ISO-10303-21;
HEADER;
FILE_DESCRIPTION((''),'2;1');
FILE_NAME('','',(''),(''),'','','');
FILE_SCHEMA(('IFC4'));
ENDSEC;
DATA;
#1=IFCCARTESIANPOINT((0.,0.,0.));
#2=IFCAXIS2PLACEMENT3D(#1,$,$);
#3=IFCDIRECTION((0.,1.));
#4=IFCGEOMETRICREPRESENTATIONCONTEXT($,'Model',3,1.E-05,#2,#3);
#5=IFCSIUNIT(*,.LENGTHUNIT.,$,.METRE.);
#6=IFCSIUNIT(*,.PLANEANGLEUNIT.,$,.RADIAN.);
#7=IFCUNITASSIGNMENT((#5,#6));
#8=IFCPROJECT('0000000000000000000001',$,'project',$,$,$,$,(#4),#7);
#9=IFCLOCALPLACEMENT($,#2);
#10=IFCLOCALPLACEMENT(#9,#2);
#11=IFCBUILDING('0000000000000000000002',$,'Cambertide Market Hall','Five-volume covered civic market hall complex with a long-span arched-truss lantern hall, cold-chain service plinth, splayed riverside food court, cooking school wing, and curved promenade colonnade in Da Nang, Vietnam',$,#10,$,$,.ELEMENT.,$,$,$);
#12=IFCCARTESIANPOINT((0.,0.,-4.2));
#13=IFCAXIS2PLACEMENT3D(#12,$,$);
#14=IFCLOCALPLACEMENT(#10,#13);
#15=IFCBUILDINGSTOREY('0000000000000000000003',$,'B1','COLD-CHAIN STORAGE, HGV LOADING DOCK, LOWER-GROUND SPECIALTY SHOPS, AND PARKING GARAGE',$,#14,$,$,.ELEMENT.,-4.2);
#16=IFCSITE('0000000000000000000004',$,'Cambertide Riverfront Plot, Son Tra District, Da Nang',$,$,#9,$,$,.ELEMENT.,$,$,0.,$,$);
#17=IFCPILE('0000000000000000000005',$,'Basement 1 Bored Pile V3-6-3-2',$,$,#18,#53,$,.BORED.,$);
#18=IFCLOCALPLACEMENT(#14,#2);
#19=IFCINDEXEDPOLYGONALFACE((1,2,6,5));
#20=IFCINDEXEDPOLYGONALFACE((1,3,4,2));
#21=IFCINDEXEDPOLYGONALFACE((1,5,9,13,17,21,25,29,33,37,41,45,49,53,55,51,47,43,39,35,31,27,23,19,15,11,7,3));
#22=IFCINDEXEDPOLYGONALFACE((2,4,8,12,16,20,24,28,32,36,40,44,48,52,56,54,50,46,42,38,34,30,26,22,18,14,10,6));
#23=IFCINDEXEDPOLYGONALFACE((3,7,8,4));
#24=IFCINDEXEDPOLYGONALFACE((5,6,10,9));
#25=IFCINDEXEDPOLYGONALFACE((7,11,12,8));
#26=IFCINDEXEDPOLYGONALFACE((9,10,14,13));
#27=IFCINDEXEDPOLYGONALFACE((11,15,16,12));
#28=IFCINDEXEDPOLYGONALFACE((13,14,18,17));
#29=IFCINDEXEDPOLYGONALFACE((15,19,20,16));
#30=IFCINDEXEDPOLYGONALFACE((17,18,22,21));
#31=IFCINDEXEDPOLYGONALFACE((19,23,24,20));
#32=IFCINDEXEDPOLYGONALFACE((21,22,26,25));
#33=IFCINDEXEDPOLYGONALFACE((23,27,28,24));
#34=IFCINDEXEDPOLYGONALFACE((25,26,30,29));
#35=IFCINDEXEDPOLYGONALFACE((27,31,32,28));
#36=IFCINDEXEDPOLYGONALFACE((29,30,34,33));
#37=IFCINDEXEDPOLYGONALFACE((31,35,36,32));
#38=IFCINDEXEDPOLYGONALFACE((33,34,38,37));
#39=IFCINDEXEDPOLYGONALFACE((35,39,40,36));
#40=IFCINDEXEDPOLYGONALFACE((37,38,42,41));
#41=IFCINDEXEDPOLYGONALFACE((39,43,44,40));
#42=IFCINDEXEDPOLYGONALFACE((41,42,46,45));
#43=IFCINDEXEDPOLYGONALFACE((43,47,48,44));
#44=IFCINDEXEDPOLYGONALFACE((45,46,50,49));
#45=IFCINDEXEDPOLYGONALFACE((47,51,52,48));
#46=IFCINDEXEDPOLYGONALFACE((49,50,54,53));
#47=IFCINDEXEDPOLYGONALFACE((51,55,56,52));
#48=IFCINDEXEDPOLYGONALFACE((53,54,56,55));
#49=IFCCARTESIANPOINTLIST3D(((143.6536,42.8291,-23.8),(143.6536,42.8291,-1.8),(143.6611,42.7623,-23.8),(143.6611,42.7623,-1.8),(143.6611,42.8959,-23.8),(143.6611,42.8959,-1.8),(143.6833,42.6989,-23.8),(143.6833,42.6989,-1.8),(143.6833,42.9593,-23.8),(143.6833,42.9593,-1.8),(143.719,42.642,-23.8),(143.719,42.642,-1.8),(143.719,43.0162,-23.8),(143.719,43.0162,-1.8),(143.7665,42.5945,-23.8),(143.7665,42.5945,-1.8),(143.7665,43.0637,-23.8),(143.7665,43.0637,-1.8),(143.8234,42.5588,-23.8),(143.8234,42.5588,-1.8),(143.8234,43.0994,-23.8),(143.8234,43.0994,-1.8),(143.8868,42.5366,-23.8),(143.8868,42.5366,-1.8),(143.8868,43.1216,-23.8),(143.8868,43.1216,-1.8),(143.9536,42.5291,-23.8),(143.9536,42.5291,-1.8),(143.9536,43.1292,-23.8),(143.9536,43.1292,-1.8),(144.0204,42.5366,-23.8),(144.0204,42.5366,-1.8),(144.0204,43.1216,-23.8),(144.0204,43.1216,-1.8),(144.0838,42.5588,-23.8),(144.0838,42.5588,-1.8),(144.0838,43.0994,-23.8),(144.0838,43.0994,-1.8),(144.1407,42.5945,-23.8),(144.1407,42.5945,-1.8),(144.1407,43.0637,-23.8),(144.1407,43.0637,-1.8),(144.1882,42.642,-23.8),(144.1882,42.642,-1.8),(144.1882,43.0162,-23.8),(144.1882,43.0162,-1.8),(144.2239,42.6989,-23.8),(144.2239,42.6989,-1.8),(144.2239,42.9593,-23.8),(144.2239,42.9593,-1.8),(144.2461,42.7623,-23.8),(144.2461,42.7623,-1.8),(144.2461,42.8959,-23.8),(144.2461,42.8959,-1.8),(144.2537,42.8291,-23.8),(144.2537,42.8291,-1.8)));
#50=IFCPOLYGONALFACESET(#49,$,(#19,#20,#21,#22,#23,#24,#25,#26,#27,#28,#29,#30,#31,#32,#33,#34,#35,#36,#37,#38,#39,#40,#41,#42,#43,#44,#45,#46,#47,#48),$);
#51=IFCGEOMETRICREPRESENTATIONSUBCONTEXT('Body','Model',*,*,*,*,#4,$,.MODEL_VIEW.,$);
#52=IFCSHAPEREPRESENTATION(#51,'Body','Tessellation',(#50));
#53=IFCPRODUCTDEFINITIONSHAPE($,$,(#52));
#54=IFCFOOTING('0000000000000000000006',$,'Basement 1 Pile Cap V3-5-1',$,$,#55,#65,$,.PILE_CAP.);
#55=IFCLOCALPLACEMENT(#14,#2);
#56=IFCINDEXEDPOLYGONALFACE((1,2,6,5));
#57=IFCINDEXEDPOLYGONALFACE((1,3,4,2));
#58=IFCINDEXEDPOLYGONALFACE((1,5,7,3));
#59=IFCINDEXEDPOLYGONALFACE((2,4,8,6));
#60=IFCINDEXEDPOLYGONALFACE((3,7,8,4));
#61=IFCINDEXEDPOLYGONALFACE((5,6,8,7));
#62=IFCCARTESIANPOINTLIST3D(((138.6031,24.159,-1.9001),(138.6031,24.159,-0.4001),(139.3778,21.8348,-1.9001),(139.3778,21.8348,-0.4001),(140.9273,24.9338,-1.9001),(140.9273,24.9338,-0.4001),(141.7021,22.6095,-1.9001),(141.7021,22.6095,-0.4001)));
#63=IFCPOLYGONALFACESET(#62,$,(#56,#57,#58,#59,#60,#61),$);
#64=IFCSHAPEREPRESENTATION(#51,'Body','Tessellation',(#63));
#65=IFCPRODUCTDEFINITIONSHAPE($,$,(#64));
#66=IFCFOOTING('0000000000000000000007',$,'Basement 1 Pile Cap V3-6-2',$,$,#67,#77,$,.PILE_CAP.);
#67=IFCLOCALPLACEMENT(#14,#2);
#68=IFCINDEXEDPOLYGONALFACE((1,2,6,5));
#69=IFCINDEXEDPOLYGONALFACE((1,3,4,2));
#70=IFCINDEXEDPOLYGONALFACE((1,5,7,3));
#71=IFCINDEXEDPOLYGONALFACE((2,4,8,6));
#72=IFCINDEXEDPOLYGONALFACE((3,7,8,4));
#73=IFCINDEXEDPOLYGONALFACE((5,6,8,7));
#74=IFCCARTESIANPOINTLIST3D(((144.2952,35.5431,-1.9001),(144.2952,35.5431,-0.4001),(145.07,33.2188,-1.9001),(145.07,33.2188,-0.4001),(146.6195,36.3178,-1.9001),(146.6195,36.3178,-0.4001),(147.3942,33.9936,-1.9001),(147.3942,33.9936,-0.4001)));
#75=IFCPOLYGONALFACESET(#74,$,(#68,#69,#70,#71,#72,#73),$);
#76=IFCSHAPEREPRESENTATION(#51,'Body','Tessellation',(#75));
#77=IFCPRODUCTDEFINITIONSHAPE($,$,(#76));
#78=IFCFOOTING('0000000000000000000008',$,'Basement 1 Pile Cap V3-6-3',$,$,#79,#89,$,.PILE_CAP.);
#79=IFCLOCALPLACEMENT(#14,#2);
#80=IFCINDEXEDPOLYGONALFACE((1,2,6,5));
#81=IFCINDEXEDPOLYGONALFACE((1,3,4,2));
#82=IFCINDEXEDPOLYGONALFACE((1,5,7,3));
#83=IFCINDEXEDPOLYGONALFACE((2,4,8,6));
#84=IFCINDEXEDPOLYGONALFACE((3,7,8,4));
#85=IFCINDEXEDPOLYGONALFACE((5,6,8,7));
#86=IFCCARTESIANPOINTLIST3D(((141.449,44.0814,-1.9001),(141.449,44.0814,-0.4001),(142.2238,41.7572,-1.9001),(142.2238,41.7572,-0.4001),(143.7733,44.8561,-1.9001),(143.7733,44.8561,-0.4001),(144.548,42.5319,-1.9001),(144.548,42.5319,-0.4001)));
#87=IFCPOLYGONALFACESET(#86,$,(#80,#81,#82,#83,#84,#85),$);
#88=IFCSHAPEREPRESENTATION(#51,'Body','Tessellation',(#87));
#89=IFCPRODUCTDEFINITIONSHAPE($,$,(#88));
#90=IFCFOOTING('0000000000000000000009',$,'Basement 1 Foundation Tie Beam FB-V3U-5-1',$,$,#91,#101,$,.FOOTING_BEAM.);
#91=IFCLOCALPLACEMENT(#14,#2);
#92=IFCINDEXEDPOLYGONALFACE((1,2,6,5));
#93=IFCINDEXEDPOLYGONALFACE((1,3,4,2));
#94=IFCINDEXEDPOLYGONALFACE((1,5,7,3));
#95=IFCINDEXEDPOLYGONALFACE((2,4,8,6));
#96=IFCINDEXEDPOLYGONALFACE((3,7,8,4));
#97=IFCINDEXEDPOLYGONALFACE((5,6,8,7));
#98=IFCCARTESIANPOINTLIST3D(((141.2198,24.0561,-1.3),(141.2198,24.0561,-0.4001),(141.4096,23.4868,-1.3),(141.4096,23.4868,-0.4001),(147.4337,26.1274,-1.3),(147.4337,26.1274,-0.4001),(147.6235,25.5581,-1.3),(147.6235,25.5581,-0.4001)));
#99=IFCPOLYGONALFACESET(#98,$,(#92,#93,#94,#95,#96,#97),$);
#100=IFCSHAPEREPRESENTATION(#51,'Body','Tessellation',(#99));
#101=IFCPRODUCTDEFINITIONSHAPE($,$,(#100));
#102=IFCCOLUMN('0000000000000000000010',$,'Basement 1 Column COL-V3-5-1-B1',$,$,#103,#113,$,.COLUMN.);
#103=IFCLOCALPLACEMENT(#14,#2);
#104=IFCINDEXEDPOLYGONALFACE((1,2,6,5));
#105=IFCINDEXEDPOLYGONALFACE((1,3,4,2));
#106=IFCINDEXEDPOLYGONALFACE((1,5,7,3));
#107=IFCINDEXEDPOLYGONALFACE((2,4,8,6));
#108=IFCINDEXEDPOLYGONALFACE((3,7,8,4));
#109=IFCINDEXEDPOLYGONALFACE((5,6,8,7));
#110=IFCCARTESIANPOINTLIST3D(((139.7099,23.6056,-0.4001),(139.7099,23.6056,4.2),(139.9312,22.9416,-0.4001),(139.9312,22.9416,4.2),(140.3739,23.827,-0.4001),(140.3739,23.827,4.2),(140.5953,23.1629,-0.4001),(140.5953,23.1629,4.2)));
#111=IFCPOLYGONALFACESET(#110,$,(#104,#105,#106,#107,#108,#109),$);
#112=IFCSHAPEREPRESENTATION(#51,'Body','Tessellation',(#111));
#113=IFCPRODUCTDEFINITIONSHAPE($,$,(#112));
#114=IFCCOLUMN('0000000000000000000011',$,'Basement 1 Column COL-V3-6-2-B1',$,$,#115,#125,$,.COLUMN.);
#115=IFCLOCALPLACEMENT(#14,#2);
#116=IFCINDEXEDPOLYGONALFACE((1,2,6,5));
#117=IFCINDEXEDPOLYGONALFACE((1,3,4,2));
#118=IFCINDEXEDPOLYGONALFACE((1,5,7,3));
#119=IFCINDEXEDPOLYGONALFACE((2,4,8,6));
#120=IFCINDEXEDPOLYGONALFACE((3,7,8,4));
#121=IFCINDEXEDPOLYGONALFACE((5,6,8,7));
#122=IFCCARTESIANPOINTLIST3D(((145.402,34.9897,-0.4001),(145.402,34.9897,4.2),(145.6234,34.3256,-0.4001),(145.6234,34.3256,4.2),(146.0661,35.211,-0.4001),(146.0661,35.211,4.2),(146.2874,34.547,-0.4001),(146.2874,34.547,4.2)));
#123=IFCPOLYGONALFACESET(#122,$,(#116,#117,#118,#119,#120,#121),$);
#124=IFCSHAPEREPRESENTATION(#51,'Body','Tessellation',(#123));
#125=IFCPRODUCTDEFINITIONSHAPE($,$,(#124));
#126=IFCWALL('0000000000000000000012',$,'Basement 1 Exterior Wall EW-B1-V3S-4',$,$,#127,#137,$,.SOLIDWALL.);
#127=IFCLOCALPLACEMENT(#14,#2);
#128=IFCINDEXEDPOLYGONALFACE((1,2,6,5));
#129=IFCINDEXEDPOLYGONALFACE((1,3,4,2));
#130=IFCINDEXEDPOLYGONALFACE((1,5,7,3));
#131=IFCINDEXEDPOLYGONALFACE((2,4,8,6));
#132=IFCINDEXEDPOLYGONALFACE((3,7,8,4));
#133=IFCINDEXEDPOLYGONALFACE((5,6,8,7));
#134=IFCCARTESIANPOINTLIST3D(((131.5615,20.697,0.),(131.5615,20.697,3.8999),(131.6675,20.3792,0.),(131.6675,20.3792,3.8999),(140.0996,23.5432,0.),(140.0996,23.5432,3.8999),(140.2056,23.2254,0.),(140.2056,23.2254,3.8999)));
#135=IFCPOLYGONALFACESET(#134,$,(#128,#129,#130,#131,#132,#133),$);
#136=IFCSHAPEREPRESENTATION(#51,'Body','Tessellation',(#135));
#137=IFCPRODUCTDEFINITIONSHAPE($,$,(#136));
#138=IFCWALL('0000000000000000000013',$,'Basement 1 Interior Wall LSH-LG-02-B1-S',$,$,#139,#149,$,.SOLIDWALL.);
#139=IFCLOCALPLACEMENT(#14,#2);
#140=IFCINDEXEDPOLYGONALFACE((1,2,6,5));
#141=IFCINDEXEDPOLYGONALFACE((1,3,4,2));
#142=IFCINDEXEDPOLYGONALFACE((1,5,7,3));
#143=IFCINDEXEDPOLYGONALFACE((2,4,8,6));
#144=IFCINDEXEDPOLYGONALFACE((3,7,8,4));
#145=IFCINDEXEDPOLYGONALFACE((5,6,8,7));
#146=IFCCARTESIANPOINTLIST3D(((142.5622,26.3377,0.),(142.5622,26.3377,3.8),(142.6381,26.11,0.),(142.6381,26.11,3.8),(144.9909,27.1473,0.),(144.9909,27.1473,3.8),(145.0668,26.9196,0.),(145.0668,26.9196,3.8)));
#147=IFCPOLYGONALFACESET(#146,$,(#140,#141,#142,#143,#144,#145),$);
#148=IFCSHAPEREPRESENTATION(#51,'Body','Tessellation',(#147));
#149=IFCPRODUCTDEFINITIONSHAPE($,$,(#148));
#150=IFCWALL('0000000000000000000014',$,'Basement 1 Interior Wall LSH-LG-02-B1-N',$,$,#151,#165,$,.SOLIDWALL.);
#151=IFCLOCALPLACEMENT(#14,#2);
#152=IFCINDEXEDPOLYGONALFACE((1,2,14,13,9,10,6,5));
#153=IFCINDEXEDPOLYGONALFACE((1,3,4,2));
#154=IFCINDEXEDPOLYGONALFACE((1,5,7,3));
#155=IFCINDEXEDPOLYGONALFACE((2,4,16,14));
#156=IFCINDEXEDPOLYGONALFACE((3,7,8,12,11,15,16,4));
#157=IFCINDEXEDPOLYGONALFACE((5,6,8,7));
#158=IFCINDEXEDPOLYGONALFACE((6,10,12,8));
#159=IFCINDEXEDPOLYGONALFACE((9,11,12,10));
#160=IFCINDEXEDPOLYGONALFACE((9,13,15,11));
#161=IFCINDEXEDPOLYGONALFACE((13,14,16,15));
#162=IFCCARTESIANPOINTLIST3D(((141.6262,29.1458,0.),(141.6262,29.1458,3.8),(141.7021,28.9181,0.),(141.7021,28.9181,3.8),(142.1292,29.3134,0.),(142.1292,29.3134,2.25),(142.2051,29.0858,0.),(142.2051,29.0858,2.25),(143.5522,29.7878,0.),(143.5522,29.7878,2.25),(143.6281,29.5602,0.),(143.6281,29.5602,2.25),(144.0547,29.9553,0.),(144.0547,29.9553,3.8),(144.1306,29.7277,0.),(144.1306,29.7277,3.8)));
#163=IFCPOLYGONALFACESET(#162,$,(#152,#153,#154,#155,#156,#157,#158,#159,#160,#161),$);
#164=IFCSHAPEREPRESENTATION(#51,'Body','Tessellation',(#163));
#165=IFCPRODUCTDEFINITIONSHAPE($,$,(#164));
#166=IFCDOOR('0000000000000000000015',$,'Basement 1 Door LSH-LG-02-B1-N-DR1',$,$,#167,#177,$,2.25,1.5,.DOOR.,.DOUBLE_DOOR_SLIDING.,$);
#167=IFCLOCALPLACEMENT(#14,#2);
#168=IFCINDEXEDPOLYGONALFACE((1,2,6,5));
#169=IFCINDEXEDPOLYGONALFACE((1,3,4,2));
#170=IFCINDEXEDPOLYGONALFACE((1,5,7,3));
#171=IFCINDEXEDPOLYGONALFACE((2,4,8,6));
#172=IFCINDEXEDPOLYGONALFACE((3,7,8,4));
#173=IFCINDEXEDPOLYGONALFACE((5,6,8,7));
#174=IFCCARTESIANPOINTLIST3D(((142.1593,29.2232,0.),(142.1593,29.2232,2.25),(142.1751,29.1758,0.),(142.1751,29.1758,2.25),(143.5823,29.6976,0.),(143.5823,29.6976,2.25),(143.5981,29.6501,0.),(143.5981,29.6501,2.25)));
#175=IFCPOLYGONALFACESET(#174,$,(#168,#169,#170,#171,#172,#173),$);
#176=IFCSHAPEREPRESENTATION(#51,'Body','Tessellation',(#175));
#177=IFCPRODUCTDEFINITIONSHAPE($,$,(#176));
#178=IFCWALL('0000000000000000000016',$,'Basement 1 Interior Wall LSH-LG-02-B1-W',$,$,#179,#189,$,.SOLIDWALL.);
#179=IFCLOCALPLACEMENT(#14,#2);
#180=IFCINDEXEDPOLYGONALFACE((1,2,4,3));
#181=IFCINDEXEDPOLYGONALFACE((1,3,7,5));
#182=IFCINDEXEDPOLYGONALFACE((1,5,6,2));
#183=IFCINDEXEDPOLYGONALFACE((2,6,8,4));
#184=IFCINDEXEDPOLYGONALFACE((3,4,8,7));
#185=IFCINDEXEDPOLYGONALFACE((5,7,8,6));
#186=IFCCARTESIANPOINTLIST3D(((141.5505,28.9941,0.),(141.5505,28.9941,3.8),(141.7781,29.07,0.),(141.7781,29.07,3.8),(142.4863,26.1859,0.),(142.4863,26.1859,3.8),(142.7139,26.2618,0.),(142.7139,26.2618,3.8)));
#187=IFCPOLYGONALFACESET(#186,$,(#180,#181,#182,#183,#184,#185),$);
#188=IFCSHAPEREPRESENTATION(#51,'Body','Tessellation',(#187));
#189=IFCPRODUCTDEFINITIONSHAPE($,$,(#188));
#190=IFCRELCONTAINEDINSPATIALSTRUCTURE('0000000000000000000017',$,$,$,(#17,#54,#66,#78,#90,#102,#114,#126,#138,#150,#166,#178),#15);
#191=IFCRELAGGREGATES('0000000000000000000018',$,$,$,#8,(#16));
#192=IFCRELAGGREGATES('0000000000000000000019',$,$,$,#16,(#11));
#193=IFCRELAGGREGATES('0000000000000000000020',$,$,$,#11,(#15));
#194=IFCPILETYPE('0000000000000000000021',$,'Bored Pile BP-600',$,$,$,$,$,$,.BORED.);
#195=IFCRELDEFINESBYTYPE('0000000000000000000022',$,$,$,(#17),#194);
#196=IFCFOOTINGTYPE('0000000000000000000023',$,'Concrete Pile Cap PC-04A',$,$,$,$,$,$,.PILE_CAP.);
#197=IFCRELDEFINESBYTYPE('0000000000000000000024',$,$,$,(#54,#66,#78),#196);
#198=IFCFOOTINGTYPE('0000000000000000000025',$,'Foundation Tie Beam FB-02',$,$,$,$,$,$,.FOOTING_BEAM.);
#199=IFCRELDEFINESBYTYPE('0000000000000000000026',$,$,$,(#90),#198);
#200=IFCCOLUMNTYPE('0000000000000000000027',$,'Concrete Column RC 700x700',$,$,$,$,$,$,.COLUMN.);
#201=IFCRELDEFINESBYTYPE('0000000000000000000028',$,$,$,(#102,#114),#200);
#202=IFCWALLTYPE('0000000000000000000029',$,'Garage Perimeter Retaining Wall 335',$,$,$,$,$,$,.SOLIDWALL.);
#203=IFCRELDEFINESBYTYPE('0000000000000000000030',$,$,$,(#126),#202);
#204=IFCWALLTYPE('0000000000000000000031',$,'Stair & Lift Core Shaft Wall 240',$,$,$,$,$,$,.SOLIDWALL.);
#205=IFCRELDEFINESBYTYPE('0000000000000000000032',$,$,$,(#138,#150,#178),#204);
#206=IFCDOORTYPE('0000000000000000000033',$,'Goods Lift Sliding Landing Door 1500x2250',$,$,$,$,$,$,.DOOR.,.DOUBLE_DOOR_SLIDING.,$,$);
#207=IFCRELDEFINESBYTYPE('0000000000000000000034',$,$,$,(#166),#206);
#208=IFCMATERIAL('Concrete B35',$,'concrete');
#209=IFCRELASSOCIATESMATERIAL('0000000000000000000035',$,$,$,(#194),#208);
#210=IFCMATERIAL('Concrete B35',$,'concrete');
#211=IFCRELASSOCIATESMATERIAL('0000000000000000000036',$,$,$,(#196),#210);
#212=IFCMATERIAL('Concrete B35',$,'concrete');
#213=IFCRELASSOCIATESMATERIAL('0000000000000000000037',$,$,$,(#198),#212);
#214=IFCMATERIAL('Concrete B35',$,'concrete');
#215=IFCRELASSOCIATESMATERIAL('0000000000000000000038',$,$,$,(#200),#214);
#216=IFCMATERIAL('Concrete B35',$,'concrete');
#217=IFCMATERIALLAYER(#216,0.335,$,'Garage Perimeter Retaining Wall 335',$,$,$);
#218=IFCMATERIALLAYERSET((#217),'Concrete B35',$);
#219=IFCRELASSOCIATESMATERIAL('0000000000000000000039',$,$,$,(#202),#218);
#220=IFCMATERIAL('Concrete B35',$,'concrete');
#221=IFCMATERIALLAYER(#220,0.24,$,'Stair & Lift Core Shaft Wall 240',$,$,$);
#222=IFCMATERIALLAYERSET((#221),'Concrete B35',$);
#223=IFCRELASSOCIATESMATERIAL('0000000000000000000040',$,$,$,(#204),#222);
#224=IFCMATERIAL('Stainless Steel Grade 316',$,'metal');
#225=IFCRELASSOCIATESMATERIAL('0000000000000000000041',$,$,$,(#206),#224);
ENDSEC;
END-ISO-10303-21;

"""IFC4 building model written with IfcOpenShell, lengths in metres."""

from ifc_helpers import new_model, si_unit, direction, frame, frame_2d, origin, origin_2d, place, context, subcontext, project, spatial, rectangle, circle, extrude, material, layer, layer_set, material_profile, profile_set, type_object, element, fill, save


model = new_model("IFC4")

# Units and contexts
model_context = context("Model", 3, precision=1e-05, world=origin(), true_north=direction((0.0, 1.0)))
body_context = subcontext(model_context, "Body", "Model", "MODEL_VIEW")
ifc_project = project(units=[si_unit("LENGTHUNIT", "METRE"), si_unit("PLANEANGLEUNIT", "RADIAN")], contexts=[model_context])

# Site, building, storey
site_placement = place(None, origin())
site = spatial("IfcSite", under=ifc_project, at=site_placement, Name="Cambertide Riverfront Plot, Son Tra District, Da Nang", CompositionType="ELEMENT", RefElevation=0.0)
building_placement = place(site_placement, origin())
building = spatial("IfcBuilding", under=site, at=building_placement, Name="Cambertide Market Hall", Description="Five-volume covered civic market hall complex with a long-span arched-truss lantern hall, cold-chain service plinth, splayed riverside food court, cooking school wing, and curved promenade colonnade in Da Nang, Vietnam", CompositionType="ELEMENT")
storey_placement = place(building_placement, frame((0.0, 0.0, -4.2)))
storey = spatial("IfcBuildingStorey", under=building, at=storey_placement, Name="B1", Description="COLD-CHAIN STORAGE, HGV LOADING DOCK, LOWER-GROUND SPECIALTY SHOPS, AND PARKING GARAGE", CompositionType="ELEMENT", Elevation=-4.2)

# Pile
ifc_material_1 = material(Name="Concrete B35", Category="concrete")
ifc_material_profile_1 = material_profile(ifc_material_1, circle(Radius=0.3, at=origin_2d()), Name="BP D600")
ifc_profile_set_1 = profile_set([ifc_material_profile_1], Name="Concrete B35")
pile_type = type_object("IfcPileType", Name="Bored Pile BP-600", PredefinedType="BORED", material=ifc_profile_set_1)
for number, where, z_axis, x_axis, name in (
    (1, (143.9536, 42.8291, -1.8), (0.0, 0.0, -1.0), (1.0, 0.0, 0.0), "Basement 1 Bored Pile V3-6-3-2"),
):
    element("IfcPile", number, at=place(storey_placement, frame(where, z_axis=z_axis, x_axis=x_axis)), inside=storey, type_object=pile_type, Name=name, PredefinedType="BORED", context=body_context, shape_type="SweptSolid", body=[
        extrude(circle(Radius=0.3, at=origin_2d()), origin(), (0.0, 0.0, 1.0), 22.0),
    ])

# Footings
ifc_material_2 = material(Name="Concrete B35", Category="concrete")
footing_type_1 = type_object("IfcFootingType", Name="Concrete Pile Cap PC-04A", PredefinedType="PILE_CAP", material=ifc_material_2)
for number, where, z_axis, x_axis, name in (
    (2, (140.1526, 23.3843, -1.9001), (0.0, 0.0, 1.0), (0.948683, 0.316228, 0.0), "Basement 1 Pile Cap V3-5-1"),
    (3, (145.8447, 34.7683, -1.9001), (0.0, 0.0, 1.0), (0.948683, 0.316228, 0.0), "Basement 1 Pile Cap V3-6-2"),
    (4, (142.9985, 43.3066, -1.9001), (0.0, 0.0, 1.0), (0.948683, 0.316228, 0.0), "Basement 1 Pile Cap V3-6-3"),
):
    element("IfcFooting", number, at=place(storey_placement, frame(where, z_axis=z_axis, x_axis=x_axis)), inside=storey, type_object=footing_type_1, Name=name, PredefinedType="PILE_CAP", context=body_context, shape_type="SweptSolid", body=[
        extrude(rectangle(XDim=2.45, YDim=2.45, at=origin_2d()), origin(), (0.0, 0.0, 1.0), 1.5),
    ])
ifc_material_3 = material(Name="Concrete B35", Category="concrete")
footing_type_2 = type_object("IfcFootingType", Name="Foundation Tie Beam FB-02", PredefinedType="FOOTING_BEAM", material=ifc_material_3)
footing_placement = place(storey_placement, frame((144.4216, 24.8071, -1.3), z_axis=(0.0, 0.0, 1.0), x_axis=(0.948683, 0.316228, 0.0)))
element("IfcFooting", 5, at=footing_placement, inside=storey, type_object=footing_type_2, Name="Basement 1 Foundation Tie Beam FB-V3U-5-1", PredefinedType="FOOTING_BEAM", context=body_context, shape_type="SweptSolid", body=[
    extrude(rectangle(XDim=6.55, YDim=0.6001, at=origin_2d()), origin(), (0.0, 0.0, 1.0), 0.8999),
])

# Columns
ifc_material_4 = material(Name="Concrete B35", Category="concrete")
ifc_material_profile_2 = material_profile(ifc_material_4, rectangle(XDim=0.7, YDim=0.7, at=origin_2d()), Name="RC 700x700")
ifc_profile_set_2 = profile_set([ifc_material_profile_2], Name="Concrete B35")
column_type = type_object("IfcColumnType", Name="Concrete Column RC 700x700", PredefinedType="COLUMN", material=ifc_profile_set_2)
for number, where, z_axis, x_axis, name in (
    (6, (140.1526, 23.3843, -0.4001), (0.0, 0.0, 1.0), (0.948683, 0.316228, 0.0), "Basement 1 Column COL-V3-5-1-B1"),
    (7, (145.8447, 34.7683, -0.4001), (0.0, 0.0, 1.0), (0.948683, 0.316228, 0.0), "Basement 1 Column COL-V3-6-2-B1"),
):
    element("IfcColumn", number, at=place(storey_placement, frame(where, z_axis=z_axis, x_axis=x_axis)), inside=storey, type_object=column_type, Name=name, PredefinedType="COLUMN", context=body_context, shape_type="SweptSolid", body=[
        extrude(rectangle(XDim=0.7, YDim=0.7, at=origin_2d()), origin(), (0.0, 0.0, 1.0), 4.6001),
    ])

# Wall
ifc_material_5 = material(Name="Concrete B35", Category="concrete")
ifc_layer_1 = layer(ifc_material_5, 0.335, Name="Garage Perimeter Retaining Wall 335")
ifc_layer_set_1 = layer_set([ifc_layer_1], Name="Concrete B35")
wall_type_1 = type_object("IfcWallType", Name="Garage Perimeter Retaining Wall 335", PredefinedType="SOLIDWALL", material=ifc_layer_set_1)
wall_1_placement = place(storey_placement, frame((140.1526, 23.3843, 0.0), z_axis=(0.0, 0.0, 1.0), x_axis=(-0.948678, -0.316244, 0.0)))
element("IfcWall", 8, at=wall_1_placement, inside=storey, type_object=wall_type_1, Name="Basement 1 Exterior Wall EW-B1-V3S-4", PredefinedType="SOLIDWALL", context=body_context, shape_type="SweptSolid", body=[
    extrude(rectangle(XDim=9.0, YDim=0.335, at=frame_2d((4.5, 0.0))), origin(), (0.0, 0.0, 1.0), 3.8999),
])

# Shared definitions
ifc_material_6 = material(Name="Concrete B35", Category="concrete")
ifc_layer_2 = layer(ifc_material_6, 0.24, Name="Stair & Lift Core Shaft Wall 240")
ifc_layer_set_2 = layer_set([ifc_layer_2], Name="Concrete B35")
wall_type_2 = type_object("IfcWallType", Name="Stair & Lift Core Shaft Wall 240", PredefinedType="SOLIDWALL", material=ifc_layer_set_2)

# Wall
wall_2_placement = place(storey_placement, frame((145.0288, 27.0334, 0.0), z_axis=(0.0, 0.0, 1.0), x_axis=(-0.948683, -0.316228, 0.0)))
element("IfcWall", 9, at=wall_2_placement, inside=storey, type_object=wall_type_2, Name="Basement 1 Interior Wall LSH-LG-02-B1-S", PredefinedType="SOLIDWALL", context=body_context, shape_type="SweptSolid", body=[
    extrude(rectangle(XDim=2.5601, YDim=0.24, at=frame_2d((1.28, 0.0))), origin(), (0.0, 0.0, 1.0), 3.8),
])

# Wall, opening, door
wall_3_placement = place(storey_placement, frame((141.6643, 29.032, 0.0), z_axis=(0.0, 0.0, 1.0), x_axis=(0.948674, 0.316256, 0.0)))
wall_3 = element("IfcWall", 10, at=wall_3_placement, inside=storey, type_object=wall_type_2, Name="Basement 1 Interior Wall LSH-LG-02-B1-N", PredefinedType="SOLIDWALL", context=body_context, shape_type="SweptSolid", body=[
    extrude(rectangle(XDim=2.5598, YDim=0.24, at=frame_2d((1.2798, 0.0))), origin(), (0.0, 0.0, 1.0), 3.8),
])
opening_1_placement = place(wall_3_placement, frame((0.53, 0.0, 0.0)))
opening_1 = element("IfcOpeningElement", 11, at=opening_1_placement, cuts=wall_3, PredefinedType="OPENING", context=body_context, shape_type="SweptSolid", body=[
    extrude(rectangle(XDim=1.5, YDim=2.25, at=frame_2d((0.75, 1.125))), frame((0.0, 0.1299, 0.0), z_axis=(0.0, -1.0, 0.0), x_axis=(1.0, 0.0, 0.0)), (0.0, 0.0, 1.0), 0.26),
])
ifc_material_7 = material(Name="Stainless Steel Grade 316", Category="metal")
door_type_1 = type_object("IfcDoorType", Name="Goods Lift Sliding Landing Door 1500x2250", OperationType="DOUBLE_DOOR_SLIDING", PredefinedType="DOOR", material=ifc_material_7)
door_1_placement = place(opening_1_placement, origin())
door_1 = element("IfcDoor", 12, at=door_1_placement, inside=storey, type_object=door_type_1, Name="Basement 1 Door LSH-LG-02-B1-N-DR1", OperationType="DOUBLE_DOOR_SLIDING", OverallHeight=2.25, OverallWidth=1.5, PredefinedType="DOOR", context=body_context, shape_type="SweptSolid", body=[
    extrude(rectangle(XDim=1.5, YDim=2.25, at=frame_2d((0.75, 1.125))), frame((0.0, 0.0249, 0.0), z_axis=(0.0, -1.0, 0.0), x_axis=(1.0, 0.0, 0.0)), (0.0, 0.0, 1.0), 0.05),
])
fill(opening_1, door_1)

# Wall
for number, where, z_axis, x_axis, name in (
    (13, (142.6001, 26.2239, 0.0), (0.0, 0.0, 1.0), (-0.316154, 0.948708, 0.0), "Basement 1 Interior Wall LSH-LG-02-B1-W"),
):
    element("IfcWall", number, at=place(storey_placement, frame(where, z_axis=z_axis, x_axis=x_axis)), inside=storey, type_object=wall_type_2, Name=name, PredefinedType="SOLIDWALL", context=body_context, shape_type="SweptSolid", body=[
        extrude(rectangle(XDim=2.96, YDim=0.24, at=frame_2d((1.48, 0.0))), origin(), (0.0, 0.0, 1.0), 3.8),
    ])

save(model, "model.ifc")
